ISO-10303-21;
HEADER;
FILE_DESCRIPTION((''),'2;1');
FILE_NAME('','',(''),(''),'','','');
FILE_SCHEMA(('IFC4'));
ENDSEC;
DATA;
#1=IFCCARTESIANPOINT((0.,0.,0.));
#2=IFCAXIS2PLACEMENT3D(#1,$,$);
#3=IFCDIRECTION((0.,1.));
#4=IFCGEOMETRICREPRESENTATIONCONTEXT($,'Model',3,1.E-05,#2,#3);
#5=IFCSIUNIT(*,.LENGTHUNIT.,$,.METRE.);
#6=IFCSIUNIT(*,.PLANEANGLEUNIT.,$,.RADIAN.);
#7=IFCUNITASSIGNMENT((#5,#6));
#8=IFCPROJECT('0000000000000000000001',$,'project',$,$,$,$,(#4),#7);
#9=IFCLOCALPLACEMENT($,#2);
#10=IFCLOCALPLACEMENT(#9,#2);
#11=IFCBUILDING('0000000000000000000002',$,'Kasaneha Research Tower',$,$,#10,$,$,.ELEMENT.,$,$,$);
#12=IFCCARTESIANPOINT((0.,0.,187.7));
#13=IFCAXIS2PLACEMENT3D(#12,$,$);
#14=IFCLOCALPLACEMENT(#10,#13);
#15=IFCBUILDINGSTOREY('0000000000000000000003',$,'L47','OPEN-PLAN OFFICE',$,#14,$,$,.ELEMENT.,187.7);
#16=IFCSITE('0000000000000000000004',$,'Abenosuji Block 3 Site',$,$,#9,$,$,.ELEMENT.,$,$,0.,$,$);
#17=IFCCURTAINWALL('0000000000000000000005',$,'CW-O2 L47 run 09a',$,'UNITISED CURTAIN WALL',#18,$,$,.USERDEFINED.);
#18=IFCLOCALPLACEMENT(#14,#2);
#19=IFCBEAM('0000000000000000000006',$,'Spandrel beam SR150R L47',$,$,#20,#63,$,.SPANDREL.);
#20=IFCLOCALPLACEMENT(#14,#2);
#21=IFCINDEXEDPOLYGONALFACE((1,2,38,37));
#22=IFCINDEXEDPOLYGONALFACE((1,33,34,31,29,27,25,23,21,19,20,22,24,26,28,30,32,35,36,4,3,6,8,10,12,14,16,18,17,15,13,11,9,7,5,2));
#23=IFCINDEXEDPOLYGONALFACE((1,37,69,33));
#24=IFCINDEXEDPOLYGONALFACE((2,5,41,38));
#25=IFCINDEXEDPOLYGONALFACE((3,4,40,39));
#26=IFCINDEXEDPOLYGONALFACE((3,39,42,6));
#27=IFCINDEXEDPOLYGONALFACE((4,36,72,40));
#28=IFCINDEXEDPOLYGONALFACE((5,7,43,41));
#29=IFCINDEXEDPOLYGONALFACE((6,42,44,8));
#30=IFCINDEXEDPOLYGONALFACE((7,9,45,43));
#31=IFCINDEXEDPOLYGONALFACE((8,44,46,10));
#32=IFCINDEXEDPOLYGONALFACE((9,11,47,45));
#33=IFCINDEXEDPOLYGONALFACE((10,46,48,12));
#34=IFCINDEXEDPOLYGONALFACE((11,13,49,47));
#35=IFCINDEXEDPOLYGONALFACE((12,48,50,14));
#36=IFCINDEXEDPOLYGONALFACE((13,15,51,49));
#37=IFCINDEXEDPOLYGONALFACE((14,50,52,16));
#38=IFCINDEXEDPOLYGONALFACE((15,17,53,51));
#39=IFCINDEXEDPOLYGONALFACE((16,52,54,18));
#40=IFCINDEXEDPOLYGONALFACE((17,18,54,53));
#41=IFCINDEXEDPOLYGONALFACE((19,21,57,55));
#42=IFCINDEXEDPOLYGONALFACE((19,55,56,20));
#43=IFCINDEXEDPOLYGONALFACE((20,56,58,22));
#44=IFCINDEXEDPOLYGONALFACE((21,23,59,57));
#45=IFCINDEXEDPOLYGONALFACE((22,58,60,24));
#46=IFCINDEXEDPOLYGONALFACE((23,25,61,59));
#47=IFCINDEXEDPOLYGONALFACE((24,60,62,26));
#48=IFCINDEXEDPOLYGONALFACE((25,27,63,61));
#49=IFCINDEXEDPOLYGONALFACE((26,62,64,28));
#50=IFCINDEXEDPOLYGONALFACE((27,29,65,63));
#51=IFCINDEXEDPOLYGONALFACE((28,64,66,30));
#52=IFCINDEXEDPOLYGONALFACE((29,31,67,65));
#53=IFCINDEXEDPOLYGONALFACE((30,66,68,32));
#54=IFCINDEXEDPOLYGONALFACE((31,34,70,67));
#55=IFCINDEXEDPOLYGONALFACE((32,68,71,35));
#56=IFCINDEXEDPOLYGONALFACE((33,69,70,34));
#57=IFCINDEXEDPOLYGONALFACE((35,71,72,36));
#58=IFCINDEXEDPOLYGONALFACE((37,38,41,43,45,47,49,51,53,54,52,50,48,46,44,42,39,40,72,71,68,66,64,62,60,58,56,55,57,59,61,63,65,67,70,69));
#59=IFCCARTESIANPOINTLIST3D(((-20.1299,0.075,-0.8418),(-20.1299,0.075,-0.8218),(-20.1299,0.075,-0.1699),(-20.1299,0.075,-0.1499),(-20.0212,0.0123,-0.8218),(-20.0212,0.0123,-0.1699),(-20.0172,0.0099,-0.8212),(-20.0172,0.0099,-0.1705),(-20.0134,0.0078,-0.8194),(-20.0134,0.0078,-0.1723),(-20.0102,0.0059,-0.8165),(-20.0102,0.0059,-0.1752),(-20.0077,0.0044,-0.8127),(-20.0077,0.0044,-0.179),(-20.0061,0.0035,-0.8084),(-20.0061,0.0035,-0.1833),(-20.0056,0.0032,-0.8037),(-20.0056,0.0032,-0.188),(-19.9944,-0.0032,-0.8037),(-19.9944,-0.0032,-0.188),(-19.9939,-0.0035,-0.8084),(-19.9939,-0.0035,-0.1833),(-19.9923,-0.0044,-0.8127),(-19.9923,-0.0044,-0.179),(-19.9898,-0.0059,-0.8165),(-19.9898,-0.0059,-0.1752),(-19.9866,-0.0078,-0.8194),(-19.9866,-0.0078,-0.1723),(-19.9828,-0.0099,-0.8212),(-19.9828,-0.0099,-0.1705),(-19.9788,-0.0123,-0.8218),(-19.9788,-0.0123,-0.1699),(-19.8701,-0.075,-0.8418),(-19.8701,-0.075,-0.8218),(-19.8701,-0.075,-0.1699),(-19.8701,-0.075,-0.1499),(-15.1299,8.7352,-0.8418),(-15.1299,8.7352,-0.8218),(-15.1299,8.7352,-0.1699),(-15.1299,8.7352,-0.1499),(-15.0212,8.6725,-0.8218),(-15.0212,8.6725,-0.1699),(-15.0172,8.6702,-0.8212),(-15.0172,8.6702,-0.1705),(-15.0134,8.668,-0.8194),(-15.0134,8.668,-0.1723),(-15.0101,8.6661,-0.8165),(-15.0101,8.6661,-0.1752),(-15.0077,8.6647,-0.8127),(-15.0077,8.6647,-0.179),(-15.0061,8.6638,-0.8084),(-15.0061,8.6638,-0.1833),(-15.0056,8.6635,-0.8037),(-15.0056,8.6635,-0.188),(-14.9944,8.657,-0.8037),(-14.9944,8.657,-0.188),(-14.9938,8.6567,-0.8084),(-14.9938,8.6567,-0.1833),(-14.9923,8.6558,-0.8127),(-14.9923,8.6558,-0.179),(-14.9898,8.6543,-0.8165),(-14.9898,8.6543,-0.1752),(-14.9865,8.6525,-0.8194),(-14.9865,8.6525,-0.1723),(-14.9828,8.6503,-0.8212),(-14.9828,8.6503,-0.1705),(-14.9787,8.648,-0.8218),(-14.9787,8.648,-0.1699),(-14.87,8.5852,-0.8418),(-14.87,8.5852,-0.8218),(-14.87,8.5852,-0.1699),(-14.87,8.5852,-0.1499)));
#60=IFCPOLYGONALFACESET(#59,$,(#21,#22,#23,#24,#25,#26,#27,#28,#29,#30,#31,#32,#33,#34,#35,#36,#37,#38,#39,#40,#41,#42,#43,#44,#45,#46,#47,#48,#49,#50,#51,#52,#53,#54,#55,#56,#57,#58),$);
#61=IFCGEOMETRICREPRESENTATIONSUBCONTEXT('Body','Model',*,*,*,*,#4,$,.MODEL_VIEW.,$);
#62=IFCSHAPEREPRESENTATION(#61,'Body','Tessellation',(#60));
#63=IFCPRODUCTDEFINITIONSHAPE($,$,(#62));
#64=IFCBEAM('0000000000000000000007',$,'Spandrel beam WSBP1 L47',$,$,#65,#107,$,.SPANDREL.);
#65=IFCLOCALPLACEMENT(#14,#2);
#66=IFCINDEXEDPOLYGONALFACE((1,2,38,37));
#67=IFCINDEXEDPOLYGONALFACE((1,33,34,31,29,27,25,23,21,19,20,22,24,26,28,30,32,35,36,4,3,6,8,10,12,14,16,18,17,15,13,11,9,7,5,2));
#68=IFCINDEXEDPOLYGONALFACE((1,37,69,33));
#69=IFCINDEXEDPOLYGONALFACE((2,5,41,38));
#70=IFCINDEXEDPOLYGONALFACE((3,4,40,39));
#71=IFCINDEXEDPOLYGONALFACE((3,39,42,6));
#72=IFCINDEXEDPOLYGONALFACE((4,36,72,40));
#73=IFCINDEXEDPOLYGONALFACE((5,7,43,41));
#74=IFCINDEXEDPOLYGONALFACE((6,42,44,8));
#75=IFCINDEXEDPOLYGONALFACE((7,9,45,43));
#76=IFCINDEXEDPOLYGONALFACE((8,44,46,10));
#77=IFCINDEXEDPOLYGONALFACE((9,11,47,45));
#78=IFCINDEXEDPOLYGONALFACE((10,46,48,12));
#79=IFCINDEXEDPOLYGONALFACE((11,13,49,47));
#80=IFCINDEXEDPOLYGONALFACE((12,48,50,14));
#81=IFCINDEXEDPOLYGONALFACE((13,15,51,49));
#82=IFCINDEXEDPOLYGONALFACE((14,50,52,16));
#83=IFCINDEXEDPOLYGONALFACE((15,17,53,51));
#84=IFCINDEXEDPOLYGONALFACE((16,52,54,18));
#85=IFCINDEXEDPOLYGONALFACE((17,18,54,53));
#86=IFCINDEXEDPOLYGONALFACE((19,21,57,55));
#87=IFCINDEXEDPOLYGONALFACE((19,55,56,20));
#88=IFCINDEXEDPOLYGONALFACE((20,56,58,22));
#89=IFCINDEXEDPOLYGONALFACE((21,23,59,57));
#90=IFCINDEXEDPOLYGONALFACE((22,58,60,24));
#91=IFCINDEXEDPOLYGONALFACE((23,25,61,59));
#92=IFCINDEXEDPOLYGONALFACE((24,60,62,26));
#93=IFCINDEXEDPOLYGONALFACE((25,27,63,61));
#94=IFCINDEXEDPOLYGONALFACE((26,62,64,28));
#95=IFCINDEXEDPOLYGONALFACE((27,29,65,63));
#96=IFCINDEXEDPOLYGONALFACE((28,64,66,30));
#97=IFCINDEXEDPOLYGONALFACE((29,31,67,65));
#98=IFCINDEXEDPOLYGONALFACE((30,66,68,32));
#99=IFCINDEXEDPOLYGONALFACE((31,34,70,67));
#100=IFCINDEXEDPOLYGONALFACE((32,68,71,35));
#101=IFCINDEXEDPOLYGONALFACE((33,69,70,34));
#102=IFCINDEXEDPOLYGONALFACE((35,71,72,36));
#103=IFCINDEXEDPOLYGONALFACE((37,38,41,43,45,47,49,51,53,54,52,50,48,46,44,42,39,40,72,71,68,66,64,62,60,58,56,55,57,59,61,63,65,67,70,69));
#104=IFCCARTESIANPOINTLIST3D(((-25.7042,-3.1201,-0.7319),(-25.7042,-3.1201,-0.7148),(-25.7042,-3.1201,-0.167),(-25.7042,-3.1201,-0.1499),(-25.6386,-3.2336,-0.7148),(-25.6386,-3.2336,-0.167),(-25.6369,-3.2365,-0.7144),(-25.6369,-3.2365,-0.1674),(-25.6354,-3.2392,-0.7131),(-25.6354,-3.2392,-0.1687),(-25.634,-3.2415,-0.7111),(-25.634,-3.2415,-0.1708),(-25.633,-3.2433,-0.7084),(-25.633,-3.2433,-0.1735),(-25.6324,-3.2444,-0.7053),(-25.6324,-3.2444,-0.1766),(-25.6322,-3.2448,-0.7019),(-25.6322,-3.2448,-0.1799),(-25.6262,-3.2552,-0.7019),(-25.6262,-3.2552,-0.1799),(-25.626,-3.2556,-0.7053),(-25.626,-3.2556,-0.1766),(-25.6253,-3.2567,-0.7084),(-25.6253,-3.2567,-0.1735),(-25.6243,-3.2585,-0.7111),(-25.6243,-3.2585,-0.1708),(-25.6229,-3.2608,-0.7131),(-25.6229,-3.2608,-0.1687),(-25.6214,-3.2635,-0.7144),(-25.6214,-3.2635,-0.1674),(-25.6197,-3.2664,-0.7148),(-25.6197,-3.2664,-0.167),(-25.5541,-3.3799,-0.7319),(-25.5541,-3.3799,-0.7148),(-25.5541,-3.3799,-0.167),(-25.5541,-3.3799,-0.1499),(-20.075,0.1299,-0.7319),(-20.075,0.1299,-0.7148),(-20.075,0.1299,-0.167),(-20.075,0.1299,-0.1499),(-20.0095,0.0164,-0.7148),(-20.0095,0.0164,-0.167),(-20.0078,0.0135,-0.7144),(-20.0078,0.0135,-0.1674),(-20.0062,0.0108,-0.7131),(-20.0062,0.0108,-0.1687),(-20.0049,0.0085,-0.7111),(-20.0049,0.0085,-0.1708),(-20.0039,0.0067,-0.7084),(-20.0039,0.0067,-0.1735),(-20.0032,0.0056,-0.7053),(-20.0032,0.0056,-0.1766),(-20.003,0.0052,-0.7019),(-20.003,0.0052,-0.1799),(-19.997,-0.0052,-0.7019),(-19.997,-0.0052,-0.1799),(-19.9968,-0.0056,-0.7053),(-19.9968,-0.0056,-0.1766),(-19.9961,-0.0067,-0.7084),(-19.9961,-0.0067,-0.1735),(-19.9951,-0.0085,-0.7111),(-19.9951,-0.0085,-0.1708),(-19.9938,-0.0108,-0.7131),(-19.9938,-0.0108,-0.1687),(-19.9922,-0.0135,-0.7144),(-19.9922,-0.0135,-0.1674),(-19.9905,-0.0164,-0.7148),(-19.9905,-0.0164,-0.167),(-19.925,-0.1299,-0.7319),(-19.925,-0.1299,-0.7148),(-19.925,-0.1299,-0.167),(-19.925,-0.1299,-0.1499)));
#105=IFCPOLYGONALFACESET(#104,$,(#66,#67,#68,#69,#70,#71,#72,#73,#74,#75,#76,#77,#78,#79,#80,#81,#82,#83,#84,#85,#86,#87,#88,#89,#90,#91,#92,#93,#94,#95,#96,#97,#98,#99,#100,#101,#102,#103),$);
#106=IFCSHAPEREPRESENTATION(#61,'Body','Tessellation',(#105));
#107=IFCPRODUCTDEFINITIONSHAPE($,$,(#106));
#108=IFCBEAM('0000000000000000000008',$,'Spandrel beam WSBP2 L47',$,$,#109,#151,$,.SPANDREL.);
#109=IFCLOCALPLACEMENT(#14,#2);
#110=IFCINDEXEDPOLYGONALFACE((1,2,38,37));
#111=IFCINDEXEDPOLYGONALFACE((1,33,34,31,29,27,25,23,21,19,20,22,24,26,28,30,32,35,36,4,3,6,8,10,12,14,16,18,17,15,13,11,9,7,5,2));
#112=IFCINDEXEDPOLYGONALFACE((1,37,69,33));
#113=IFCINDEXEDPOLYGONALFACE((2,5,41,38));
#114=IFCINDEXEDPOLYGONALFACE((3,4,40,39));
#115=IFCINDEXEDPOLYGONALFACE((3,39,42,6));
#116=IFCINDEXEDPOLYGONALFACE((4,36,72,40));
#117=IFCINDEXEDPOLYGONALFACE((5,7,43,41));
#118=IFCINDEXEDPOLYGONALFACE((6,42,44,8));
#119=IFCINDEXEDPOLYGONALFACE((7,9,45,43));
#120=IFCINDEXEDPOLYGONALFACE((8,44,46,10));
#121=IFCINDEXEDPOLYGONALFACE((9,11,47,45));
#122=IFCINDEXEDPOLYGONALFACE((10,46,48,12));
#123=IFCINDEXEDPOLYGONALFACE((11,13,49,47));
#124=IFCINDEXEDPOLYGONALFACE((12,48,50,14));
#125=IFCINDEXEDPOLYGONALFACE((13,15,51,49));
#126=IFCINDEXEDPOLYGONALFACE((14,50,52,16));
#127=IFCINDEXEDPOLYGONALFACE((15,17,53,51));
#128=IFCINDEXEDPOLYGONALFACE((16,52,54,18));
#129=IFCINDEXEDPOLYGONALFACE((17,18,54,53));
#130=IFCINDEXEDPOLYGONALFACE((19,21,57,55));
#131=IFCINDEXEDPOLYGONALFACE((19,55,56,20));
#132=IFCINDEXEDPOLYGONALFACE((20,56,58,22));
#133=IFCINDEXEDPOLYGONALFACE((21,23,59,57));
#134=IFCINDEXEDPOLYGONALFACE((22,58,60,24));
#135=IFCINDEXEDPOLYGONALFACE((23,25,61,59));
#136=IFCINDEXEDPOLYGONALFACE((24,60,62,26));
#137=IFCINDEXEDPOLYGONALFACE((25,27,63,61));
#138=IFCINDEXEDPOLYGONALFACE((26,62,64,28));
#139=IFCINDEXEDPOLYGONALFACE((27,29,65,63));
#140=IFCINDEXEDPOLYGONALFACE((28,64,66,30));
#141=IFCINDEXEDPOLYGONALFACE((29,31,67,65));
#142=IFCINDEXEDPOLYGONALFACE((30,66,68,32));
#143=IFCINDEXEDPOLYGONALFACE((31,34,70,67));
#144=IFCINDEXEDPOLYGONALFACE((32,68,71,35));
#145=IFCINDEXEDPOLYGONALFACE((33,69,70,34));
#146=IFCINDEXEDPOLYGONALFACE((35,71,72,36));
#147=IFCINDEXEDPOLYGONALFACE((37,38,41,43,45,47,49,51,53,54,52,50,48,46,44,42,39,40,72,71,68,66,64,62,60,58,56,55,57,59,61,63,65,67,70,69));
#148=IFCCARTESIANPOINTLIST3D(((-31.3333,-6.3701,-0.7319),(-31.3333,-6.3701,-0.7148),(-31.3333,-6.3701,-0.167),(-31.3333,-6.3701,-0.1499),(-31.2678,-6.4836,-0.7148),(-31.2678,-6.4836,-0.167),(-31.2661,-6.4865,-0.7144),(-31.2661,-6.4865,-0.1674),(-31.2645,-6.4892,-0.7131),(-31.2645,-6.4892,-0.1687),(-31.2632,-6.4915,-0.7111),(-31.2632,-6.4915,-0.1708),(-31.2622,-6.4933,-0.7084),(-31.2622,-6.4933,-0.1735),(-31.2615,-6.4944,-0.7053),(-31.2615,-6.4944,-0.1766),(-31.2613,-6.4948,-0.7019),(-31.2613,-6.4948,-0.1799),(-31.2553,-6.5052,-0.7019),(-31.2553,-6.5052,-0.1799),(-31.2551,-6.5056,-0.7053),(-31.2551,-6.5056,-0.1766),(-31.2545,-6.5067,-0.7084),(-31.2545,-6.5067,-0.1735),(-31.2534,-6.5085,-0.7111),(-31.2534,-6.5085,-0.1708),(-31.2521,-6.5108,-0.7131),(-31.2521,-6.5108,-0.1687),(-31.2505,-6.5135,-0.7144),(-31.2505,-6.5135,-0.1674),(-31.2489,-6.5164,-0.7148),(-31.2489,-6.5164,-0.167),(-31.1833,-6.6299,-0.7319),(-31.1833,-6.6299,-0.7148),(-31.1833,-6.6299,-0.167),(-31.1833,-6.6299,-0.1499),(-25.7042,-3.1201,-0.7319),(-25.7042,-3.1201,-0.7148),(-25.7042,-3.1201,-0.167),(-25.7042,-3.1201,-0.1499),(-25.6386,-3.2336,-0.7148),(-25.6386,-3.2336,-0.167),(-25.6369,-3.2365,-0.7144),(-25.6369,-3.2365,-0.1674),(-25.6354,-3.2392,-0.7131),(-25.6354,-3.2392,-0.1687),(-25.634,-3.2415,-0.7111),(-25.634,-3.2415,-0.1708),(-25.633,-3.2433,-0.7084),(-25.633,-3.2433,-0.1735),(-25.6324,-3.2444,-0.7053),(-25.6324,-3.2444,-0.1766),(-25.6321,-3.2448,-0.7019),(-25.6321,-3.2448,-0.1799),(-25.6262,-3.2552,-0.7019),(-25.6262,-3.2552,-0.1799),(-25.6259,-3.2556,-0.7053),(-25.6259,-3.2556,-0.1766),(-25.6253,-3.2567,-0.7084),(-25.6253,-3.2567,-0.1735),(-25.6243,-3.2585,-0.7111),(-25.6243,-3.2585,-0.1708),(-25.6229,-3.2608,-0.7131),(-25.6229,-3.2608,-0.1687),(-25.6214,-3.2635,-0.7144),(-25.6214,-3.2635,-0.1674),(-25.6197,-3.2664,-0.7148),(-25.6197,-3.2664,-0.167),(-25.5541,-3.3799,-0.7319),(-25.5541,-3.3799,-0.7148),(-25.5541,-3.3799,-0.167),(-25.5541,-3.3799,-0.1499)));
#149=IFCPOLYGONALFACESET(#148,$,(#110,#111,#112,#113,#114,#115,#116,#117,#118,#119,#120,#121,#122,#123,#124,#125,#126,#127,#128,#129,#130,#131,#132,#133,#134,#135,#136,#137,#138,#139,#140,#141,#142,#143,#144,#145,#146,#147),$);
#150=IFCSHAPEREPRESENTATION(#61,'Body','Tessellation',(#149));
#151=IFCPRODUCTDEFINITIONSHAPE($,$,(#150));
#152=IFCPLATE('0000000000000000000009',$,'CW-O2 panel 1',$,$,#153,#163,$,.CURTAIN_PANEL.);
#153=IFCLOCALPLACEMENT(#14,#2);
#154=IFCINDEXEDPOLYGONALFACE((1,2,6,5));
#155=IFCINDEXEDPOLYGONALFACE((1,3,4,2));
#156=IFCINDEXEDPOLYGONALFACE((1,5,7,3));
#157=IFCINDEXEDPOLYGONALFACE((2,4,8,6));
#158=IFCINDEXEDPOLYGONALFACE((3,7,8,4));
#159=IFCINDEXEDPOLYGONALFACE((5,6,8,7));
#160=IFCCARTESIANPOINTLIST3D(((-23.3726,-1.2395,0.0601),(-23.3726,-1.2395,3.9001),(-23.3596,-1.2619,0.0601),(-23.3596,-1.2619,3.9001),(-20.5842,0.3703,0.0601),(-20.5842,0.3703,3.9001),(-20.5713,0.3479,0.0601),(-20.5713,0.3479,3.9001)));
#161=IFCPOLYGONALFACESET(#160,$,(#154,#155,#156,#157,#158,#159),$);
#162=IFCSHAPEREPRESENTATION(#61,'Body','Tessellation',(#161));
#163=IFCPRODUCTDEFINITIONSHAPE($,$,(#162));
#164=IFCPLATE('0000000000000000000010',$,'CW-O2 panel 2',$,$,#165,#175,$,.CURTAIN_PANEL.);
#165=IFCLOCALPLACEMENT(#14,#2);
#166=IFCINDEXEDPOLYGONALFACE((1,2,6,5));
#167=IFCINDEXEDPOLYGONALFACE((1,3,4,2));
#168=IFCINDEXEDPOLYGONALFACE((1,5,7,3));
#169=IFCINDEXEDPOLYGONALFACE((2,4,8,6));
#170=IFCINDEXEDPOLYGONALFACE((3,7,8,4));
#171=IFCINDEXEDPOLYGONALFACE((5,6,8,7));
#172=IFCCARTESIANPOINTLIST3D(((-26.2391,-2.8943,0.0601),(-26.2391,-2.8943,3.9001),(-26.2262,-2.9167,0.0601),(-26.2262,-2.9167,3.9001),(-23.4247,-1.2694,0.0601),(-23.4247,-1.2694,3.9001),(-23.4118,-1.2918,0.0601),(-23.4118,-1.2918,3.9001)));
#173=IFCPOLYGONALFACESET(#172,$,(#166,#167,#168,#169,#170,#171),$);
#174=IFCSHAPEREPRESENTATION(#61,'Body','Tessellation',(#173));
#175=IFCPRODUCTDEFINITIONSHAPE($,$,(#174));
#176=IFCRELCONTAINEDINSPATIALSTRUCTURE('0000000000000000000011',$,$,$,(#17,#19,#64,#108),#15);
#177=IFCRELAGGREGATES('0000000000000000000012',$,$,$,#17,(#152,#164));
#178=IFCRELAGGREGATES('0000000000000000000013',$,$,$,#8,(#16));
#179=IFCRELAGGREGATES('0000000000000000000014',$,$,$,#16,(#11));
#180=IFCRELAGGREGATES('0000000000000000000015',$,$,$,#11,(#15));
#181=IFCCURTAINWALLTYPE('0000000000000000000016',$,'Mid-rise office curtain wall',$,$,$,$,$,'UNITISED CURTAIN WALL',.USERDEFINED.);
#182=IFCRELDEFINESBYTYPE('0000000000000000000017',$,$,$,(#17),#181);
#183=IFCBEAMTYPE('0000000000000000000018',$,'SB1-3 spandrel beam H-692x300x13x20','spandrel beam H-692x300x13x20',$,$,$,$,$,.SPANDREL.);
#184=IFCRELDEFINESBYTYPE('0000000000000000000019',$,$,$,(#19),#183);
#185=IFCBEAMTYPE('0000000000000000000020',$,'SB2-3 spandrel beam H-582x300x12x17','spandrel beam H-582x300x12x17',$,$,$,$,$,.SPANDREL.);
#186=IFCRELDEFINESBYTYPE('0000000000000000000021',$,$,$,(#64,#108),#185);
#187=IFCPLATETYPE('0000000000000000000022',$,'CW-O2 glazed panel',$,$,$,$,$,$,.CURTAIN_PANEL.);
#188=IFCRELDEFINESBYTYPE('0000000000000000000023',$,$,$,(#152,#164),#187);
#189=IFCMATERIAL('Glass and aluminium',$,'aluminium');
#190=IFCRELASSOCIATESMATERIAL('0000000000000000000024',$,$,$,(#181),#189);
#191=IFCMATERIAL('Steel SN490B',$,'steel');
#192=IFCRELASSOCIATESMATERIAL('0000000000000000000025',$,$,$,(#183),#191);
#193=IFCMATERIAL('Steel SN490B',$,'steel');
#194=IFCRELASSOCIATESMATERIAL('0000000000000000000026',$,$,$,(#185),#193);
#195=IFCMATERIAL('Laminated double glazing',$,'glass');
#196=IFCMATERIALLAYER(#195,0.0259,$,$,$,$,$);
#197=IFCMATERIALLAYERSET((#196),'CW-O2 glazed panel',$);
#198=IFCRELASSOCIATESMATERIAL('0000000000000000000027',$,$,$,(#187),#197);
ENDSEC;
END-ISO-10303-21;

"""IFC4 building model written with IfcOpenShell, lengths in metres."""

from ifc_helpers import new_model, si_unit, direction, frame, origin, origin_2d, place, context, subcontext, project, spatial, rectangle, i_section, extrude, material, layer, layer_set, material_profile, profile_set, type_object, element, aggregate, save


model = new_model("IFC4")

# Units and contexts
model_context = context("Model", 3, precision=1e-05, world=origin(), true_north=direction((0.0, 1.0)))
body_context = subcontext(model_context, "Body", "Model", "MODEL_VIEW")
ifc_project = project(units=[si_unit("LENGTHUNIT", "METRE"), si_unit("PLANEANGLEUNIT", "RADIAN")], contexts=[model_context])

# Site, building, storey
site_placement = place(None, origin())
site = spatial("IfcSite", under=ifc_project, at=site_placement, Name="Abenosuji Block 3 Site", CompositionType="ELEMENT", RefElevation=0.0)
building_placement = place(site_placement, origin())
building = spatial("IfcBuilding", under=site, at=building_placement, Name="Kasaneha Research Tower", CompositionType="ELEMENT")
storey_placement = place(building_placement, frame((0.0, 0.0, 187.7)))
storey = spatial("IfcBuildingStorey", under=building, at=storey_placement, Name="L47", Description="OPEN-PLAN OFFICE", CompositionType="ELEMENT", Elevation=187.7)

# Shared definitions
ifc_material_1 = material(Name="Glass and aluminium", Category="aluminium")
curtain_wall_type = type_object("IfcCurtainWallType", Name="Mid-rise office curtain wall", ElementType="UNITISED CURTAIN WALL", PredefinedType="USERDEFINED", material=ifc_material_1)

# Curtain wall
curtain_wall_1_placement = place(storey_placement, origin())
curtain_wall_1 = element("IfcCurtainWall", 1, at=curtain_wall_1_placement, inside=storey, type_object=curtain_wall_type, Name="CW-O2 L47 run 09a", ObjectType="UNITISED CURTAIN WALL", PredefinedType="USERDEFINED")

# Beams
ifc_material_2 = material(Name="Steel SN490B", Category="steel")
ifc_material_profile_1 = material_profile(ifc_material_2, i_section(OverallWidth=0.3, OverallDepth=0.6919, WebThickness=0.0129, FlangeThickness=0.02, FilletRadius=0.0181, at=origin_2d()), Name="H-692x300x13x20")
ifc_profile_set_1 = profile_set([ifc_material_profile_1], Name="Steel SN490B")
beam_type_1 = type_object("IfcBeamType", Name="SB1-3 spandrel beam H-692x300x13x20", Description="spandrel beam H-692x300x13x20", PredefinedType="SPANDREL", material=ifc_profile_set_1)
beam_1_placement = place(storey_placement, frame((-20.0, 0.0, -0.4958), z_axis=(0.500004, 0.866023, 0.0), x_axis=(-0.866023, 0.500004, 0.0)))
element("IfcBeam", 2, at=beam_1_placement, inside=storey, type_object=beam_type_1, Name="Spandrel beam SR150R L47", PredefinedType="SPANDREL", context=body_context, shape_type="SweptSolid", body=[
    extrude(i_section(OverallWidth=0.3, OverallDepth=0.6919, WebThickness=0.0129, FlangeThickness=0.02, FilletRadius=0.0181, at=origin_2d()), origin(), (0.0, 0.0, 1.0), 10.0),
])
ifc_material_3 = material(Name="Steel SN490B", Category="steel")
ifc_material_profile_2 = material_profile(ifc_material_3, i_section(OverallWidth=0.3, OverallDepth=0.582, WebThickness=0.012, FlangeThickness=0.0171, FilletRadius=0.0129, at=origin_2d()), Name="H-582x300x12x17")
ifc_profile_set_2 = profile_set([ifc_material_profile_2], Name="Steel SN490B")
beam_type_2 = type_object("IfcBeamType", Name="SB2-3 spandrel beam H-582x300x12x17", Description="spandrel beam H-582x300x12x17", PredefinedType="SPANDREL", material=ifc_profile_set_2)
for number, where, z_axis, x_axis, name in (
    (3, (-20.0, 0.0, -0.4409), (-0.866025, -0.500001, 0.0), (0.500001, -0.866025, 0.0), "Spandrel beam WSBP1 L47"),
    (4, (-25.6292, -3.25, -0.4409), (-0.866025, -0.500001, 0.0), (0.500001, -0.866025, 0.0), "Spandrel beam WSBP2 L47"),
):
    element("IfcBeam", number, at=place(storey_placement, frame(where, z_axis=z_axis, x_axis=x_axis)), inside=storey, type_object=beam_type_2, Name=name, PredefinedType="SPANDREL", context=body_context, shape_type="SweptSolid", body=[
        extrude(i_section(OverallWidth=0.3, OverallDepth=0.582, WebThickness=0.012, FlangeThickness=0.0171, FilletRadius=0.0129, at=origin_2d()), origin(), (0.0, 0.0, 1.0), 6.5),
    ])

# Plates
ifc_material_4 = material(Name="Laminated double glazing", Category="glass")
ifc_layer_1 = layer(ifc_material_4, 0.0259)
ifc_layer_set_1 = layer_set([ifc_layer_1], Name="CW-O2 glazed panel")
plate_type = type_object("IfcPlateType", Name="CW-O2 glazed panel", PredefinedType="CURTAIN_PANEL", material=ifc_layer_set_1)
plate_1_placement = place(storey_placement, frame((-21.9719, -0.4458, 0.0601), z_axis=(0.0, 0.0, 1.0), x_axis=(-0.866025, -0.5, 0.0)))
plate_1 = element("IfcPlate", 5, at=plate_1_placement, type_object=plate_type, Name="CW-O2 panel 1", PredefinedType="CURTAIN_PANEL", context=body_context, shape_type="SweptSolid", body=[
    extrude(rectangle(XDim=3.2197, YDim=0.0259, at=origin_2d()), origin(), (0.0, 0.0, 1.0), 3.8401),
])
plate_2_placement = place(storey_placement, frame((-24.8254, -2.093, 0.0601), z_axis=(0.0, 0.0, 1.0), x_axis=(-0.866025, -0.5, 0.0)))
plate_2 = element("IfcPlate", 6, at=plate_2_placement, type_object=plate_type, Name="CW-O2 panel 2", PredefinedType="CURTAIN_PANEL", context=body_context, shape_type="SweptSolid", body=[
    extrude(rectangle(XDim=3.2498, YDim=0.0259, at=origin_2d()), origin(), (0.0, 0.0, 1.0), 3.8401),
])
aggregate(curtain_wall_1, [plate_1, plate_2])

save(model, "model.ifc")
